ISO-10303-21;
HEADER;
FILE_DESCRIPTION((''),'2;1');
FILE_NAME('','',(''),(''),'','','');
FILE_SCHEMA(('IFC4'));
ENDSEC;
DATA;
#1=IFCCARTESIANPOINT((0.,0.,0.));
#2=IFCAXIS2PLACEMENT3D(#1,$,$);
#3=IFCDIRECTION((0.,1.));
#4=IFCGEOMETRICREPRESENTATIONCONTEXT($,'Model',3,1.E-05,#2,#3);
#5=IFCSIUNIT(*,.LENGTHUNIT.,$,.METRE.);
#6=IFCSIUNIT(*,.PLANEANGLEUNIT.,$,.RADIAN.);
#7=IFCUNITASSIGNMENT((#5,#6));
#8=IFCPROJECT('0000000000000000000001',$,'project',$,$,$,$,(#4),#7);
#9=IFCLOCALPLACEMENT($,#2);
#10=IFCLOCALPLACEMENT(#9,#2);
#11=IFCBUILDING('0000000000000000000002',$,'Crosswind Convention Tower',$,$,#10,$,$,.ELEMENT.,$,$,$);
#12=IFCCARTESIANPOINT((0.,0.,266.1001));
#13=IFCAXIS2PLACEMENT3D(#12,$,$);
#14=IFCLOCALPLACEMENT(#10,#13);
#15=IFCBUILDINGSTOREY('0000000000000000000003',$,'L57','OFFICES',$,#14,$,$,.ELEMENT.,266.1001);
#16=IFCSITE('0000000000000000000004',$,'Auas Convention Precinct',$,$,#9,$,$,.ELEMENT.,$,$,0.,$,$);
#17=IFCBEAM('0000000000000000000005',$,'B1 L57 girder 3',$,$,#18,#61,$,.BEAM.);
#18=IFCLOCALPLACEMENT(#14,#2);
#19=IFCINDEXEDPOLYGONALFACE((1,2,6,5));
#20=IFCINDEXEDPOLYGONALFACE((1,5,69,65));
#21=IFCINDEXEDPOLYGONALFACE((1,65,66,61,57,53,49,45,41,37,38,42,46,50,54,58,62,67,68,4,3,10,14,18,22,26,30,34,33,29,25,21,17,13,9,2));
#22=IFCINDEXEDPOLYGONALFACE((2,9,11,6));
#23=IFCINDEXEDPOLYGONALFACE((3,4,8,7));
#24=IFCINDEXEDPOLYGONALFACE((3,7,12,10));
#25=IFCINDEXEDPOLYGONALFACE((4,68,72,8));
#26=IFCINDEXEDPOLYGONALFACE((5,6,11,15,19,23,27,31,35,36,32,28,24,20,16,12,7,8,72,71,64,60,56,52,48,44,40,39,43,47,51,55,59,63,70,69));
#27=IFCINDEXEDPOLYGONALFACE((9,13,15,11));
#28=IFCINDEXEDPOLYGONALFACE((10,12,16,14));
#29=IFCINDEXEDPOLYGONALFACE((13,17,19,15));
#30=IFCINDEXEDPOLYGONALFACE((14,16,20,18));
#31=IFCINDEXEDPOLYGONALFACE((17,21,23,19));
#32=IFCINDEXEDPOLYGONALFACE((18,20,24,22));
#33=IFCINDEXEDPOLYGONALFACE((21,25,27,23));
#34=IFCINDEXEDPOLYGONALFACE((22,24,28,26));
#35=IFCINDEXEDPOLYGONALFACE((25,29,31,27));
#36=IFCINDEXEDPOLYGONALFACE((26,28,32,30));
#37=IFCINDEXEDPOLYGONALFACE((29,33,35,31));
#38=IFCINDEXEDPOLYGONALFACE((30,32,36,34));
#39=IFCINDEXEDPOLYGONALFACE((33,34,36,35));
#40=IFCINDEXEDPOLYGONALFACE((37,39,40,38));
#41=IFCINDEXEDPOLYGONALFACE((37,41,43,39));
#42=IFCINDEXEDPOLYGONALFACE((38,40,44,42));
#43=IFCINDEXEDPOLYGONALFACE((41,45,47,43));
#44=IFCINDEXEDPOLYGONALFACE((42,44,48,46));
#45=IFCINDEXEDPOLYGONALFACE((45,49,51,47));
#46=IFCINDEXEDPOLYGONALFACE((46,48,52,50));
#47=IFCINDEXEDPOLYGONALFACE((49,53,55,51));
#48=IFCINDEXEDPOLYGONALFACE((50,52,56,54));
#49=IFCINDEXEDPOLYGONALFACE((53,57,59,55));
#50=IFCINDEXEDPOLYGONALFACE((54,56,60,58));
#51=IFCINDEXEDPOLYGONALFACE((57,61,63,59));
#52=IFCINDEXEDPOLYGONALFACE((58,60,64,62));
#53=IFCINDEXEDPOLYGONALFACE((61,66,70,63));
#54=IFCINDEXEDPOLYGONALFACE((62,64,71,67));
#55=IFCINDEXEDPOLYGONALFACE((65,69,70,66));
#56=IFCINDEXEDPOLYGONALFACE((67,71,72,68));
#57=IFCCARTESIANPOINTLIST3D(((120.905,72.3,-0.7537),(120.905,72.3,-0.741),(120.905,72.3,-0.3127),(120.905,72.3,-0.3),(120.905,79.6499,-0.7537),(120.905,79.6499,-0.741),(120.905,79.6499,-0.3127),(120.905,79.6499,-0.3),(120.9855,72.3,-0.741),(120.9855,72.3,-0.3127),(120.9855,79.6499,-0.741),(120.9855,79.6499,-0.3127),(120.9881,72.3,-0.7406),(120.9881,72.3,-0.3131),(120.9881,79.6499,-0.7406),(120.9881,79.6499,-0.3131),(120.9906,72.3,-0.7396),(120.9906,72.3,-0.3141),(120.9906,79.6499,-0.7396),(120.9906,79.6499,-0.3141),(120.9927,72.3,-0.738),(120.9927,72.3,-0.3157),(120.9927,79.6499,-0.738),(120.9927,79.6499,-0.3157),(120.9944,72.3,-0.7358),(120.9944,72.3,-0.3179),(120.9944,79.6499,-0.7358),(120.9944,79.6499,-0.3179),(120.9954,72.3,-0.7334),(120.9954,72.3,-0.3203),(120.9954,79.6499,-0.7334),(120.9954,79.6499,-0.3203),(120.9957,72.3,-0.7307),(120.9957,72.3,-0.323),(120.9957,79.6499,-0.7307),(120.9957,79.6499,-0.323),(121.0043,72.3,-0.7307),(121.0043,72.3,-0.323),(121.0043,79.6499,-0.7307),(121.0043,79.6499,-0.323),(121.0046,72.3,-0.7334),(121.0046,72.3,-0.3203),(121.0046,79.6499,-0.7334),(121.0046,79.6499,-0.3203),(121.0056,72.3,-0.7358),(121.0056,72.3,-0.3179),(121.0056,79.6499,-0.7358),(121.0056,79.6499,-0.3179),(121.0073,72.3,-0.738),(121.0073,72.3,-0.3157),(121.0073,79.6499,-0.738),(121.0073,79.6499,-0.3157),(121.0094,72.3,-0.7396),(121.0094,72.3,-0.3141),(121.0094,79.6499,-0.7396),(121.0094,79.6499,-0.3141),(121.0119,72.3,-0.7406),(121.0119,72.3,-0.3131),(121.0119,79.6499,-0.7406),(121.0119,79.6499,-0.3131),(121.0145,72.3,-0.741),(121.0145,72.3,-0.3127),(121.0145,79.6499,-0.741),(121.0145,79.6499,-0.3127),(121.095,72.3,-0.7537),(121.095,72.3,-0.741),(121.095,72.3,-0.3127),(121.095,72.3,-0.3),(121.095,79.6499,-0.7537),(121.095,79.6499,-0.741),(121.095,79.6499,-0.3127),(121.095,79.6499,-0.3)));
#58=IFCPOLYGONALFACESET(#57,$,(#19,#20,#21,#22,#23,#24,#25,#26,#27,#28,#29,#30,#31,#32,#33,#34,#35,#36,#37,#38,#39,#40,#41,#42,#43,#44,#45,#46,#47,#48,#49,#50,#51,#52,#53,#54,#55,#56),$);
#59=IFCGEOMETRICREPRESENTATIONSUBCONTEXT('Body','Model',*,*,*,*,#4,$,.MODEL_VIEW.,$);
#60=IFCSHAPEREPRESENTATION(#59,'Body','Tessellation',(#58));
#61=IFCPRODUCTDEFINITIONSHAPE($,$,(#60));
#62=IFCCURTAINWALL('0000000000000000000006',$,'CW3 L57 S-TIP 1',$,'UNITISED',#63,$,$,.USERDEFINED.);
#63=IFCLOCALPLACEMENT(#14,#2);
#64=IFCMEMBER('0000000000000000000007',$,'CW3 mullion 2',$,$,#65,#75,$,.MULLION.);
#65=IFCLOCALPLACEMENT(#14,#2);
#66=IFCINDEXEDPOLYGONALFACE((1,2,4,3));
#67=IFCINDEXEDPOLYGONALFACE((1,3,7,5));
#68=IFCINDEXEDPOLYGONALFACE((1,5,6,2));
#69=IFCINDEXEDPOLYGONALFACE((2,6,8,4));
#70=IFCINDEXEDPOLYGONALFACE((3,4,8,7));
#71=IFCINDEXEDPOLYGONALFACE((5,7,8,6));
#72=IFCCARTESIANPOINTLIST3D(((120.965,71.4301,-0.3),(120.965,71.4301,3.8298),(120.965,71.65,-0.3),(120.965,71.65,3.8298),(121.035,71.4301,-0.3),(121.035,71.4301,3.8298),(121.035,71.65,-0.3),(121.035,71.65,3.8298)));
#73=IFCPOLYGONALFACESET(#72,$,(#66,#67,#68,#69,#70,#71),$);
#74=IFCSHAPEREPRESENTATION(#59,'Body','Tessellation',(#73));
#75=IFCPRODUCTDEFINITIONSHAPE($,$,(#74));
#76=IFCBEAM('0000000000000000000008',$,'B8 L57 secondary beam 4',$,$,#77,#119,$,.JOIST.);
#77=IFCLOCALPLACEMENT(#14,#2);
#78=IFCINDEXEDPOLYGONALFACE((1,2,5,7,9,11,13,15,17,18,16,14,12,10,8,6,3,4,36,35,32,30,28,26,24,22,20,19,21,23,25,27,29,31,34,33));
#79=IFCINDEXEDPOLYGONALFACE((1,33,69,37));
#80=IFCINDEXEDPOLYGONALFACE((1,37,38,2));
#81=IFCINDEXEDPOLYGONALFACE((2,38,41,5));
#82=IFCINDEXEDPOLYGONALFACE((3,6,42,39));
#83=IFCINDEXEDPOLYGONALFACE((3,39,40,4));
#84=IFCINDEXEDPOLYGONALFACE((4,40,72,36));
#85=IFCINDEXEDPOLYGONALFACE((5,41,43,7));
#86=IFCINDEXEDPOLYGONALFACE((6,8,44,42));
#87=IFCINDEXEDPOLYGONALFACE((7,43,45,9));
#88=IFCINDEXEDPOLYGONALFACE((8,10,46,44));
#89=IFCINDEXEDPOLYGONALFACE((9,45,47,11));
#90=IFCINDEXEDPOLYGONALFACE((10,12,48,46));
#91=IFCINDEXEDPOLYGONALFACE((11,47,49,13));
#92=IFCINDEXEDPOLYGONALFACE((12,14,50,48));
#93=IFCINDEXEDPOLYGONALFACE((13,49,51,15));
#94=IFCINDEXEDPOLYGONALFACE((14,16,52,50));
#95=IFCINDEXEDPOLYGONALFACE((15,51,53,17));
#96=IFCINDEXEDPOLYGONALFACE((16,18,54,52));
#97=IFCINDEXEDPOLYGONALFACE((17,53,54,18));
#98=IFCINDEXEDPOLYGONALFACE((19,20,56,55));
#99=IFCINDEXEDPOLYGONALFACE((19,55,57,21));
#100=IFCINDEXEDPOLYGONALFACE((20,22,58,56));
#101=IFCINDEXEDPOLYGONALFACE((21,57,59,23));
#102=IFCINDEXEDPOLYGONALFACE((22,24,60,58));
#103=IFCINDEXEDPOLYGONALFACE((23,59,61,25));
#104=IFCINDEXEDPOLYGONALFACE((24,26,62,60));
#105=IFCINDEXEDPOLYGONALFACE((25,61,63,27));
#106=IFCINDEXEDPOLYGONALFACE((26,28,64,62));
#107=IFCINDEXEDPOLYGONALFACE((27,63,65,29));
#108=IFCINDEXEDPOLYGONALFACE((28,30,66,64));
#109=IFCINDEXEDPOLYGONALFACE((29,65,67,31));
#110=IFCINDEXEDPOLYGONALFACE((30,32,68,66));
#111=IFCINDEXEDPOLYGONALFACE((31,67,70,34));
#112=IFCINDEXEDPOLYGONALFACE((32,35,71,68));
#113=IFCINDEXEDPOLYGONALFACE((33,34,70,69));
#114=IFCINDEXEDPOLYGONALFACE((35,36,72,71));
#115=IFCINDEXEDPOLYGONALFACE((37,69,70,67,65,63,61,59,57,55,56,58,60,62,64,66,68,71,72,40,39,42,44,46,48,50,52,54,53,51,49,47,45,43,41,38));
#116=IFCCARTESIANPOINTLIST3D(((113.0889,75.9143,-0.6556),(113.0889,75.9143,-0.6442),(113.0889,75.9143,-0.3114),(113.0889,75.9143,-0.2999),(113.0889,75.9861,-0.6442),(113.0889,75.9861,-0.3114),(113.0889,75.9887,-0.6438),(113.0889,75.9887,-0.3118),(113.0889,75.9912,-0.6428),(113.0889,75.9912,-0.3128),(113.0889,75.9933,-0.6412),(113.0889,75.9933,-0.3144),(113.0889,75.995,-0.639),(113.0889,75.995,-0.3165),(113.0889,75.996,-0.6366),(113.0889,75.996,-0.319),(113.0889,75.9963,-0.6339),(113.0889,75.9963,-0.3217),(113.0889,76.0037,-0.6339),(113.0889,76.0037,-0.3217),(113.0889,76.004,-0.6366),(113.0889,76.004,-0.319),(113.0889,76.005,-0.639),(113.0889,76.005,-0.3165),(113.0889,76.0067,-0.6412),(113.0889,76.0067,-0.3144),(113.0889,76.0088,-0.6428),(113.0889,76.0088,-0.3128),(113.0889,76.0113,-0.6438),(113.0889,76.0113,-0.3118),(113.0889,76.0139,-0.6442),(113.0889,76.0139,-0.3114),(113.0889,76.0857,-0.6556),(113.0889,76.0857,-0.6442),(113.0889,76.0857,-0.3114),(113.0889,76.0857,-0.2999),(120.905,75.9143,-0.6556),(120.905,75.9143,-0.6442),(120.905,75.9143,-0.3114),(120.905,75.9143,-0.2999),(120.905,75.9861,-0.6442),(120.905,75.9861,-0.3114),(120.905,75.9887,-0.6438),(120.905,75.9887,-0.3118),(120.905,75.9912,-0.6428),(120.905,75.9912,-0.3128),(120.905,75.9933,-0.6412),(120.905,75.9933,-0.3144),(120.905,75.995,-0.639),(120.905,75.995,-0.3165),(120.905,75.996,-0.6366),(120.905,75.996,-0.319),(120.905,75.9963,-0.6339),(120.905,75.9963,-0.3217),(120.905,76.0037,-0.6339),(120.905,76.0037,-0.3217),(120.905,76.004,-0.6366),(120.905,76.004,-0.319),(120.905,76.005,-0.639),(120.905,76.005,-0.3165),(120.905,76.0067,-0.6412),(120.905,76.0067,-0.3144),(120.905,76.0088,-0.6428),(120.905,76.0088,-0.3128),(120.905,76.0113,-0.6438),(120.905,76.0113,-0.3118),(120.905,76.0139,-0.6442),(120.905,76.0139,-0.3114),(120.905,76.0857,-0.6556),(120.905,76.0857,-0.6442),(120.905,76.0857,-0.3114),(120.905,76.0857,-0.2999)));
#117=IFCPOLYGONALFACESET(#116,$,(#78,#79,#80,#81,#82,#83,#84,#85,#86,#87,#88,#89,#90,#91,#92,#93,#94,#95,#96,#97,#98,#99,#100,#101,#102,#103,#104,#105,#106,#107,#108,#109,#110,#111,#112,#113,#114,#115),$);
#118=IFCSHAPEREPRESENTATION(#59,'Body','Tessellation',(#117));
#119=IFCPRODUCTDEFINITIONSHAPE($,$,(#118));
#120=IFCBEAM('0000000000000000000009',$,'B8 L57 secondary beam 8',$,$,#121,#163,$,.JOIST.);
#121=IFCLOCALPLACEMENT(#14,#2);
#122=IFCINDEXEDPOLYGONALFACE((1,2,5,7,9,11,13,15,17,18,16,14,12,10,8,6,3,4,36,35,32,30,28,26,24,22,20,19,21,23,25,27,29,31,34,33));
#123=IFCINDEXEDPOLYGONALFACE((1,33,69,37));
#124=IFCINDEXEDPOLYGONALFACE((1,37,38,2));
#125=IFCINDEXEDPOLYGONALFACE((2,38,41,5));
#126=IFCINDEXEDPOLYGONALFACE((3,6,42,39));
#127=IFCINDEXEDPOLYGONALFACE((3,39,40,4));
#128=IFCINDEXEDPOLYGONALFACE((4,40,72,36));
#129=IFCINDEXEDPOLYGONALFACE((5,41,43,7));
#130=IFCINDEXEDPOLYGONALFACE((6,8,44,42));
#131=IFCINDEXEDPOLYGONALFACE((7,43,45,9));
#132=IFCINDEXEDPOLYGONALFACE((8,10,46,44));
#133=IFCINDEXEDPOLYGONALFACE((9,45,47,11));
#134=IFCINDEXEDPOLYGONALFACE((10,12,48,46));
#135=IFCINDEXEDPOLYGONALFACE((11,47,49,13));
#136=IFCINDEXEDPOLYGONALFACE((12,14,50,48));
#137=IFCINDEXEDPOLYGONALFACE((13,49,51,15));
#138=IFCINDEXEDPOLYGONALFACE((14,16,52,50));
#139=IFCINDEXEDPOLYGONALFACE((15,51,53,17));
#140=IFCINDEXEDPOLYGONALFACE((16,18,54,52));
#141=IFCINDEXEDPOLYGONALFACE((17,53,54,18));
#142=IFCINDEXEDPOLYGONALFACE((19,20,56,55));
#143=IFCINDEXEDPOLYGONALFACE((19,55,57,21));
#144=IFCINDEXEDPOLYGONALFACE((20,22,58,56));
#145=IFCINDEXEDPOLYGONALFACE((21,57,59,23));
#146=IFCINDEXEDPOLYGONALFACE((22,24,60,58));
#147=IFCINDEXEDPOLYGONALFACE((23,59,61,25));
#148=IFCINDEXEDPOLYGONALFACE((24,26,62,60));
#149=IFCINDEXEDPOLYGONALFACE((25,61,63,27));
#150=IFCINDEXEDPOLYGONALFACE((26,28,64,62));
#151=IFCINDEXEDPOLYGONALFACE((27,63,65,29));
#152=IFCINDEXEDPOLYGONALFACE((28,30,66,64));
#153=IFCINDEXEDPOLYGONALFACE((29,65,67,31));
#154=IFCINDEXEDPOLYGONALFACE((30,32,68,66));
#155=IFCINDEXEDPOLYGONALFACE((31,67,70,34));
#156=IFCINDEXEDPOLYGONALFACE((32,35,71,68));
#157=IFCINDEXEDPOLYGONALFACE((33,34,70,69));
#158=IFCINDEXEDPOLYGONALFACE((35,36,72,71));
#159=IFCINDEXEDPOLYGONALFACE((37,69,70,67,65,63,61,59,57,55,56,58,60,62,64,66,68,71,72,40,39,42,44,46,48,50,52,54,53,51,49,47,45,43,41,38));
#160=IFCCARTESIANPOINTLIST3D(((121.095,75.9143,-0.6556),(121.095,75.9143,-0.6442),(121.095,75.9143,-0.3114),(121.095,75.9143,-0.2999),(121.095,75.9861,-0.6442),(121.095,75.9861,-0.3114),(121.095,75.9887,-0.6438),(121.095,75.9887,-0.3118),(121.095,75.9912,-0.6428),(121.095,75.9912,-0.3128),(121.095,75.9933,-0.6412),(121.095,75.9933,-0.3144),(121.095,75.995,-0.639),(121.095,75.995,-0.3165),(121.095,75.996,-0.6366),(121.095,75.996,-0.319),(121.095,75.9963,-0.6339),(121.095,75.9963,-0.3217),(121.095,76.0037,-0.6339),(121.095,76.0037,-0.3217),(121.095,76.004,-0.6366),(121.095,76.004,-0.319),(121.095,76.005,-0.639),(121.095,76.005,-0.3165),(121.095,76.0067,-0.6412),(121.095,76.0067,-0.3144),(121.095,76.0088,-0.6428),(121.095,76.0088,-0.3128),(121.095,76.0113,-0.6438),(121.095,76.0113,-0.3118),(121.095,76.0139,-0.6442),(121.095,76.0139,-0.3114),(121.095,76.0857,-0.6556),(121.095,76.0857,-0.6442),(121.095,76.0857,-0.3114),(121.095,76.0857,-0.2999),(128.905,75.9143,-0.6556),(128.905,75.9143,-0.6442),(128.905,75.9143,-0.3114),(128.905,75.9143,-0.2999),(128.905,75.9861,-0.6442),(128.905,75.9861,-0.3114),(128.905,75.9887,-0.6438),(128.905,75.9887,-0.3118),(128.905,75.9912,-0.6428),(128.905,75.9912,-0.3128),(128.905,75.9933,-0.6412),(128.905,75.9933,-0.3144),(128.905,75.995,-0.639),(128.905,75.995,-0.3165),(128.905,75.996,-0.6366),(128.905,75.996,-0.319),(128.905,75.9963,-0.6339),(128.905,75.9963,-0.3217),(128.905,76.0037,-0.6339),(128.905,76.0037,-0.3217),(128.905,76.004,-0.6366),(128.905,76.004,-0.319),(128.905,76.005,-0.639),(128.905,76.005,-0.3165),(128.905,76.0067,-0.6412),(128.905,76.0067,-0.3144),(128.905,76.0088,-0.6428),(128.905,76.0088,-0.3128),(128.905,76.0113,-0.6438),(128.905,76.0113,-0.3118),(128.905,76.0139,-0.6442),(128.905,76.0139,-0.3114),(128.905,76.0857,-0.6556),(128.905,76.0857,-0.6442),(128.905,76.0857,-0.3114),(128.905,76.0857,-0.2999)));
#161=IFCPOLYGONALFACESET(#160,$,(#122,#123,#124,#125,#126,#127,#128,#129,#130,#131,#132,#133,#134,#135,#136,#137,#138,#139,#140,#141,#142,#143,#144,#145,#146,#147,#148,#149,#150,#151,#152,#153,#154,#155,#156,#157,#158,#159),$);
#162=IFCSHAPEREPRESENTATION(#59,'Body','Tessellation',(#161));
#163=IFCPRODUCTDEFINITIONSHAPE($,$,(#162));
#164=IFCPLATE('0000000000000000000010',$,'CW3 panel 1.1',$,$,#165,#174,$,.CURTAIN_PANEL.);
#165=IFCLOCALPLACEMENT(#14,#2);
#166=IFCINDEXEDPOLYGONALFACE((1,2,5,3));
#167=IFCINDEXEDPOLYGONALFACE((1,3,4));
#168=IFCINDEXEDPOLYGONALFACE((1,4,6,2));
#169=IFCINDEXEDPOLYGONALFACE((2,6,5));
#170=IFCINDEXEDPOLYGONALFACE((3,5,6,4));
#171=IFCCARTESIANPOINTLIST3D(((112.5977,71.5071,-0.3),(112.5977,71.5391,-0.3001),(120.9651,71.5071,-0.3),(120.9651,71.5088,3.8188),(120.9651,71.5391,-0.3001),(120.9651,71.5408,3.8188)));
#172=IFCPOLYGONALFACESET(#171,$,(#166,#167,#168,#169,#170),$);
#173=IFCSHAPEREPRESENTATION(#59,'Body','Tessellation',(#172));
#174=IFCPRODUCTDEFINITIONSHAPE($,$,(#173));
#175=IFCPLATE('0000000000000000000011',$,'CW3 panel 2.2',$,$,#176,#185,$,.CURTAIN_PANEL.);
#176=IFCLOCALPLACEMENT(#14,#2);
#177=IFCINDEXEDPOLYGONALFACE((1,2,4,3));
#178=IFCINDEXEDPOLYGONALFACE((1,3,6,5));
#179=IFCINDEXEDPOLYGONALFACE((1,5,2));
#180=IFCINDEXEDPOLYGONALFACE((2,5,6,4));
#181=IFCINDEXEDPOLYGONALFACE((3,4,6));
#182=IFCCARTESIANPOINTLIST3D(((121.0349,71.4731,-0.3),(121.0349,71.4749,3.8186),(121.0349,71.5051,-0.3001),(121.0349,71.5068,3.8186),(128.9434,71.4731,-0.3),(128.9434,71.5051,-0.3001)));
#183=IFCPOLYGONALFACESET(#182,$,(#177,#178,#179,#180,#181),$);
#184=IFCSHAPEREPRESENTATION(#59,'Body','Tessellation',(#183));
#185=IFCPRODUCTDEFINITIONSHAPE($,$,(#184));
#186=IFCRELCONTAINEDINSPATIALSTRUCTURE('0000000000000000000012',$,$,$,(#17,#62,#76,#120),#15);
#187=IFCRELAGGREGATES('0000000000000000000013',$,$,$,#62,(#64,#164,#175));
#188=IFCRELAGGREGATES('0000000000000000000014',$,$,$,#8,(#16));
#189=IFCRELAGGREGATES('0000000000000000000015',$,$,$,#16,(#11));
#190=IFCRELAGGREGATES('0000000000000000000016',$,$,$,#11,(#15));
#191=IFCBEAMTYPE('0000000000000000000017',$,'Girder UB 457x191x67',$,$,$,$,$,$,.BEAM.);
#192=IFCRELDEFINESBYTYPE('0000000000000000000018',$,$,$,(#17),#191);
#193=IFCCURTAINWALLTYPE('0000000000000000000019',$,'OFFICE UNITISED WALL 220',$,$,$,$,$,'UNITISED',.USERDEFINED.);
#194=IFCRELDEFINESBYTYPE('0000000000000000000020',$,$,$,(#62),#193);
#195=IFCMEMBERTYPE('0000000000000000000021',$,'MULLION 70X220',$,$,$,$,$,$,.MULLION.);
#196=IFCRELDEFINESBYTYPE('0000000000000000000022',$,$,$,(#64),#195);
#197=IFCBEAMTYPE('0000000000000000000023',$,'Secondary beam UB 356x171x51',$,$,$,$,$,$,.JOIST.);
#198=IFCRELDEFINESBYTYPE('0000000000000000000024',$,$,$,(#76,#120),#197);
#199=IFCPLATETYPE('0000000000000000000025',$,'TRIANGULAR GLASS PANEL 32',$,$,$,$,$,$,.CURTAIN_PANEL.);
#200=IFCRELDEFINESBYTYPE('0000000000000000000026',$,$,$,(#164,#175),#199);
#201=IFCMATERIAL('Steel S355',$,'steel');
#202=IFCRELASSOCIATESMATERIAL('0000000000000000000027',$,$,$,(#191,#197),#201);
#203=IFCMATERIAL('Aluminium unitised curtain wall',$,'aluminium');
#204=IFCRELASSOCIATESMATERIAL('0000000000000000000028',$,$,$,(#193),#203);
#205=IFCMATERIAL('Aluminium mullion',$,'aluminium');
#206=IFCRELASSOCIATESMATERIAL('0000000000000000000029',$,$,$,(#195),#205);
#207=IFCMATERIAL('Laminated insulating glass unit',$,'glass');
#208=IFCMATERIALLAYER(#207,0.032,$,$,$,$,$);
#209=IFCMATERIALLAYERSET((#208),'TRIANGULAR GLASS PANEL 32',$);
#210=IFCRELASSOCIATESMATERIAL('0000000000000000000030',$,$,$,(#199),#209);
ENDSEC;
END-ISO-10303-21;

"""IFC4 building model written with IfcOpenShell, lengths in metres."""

from ifc_helpers import new_model, si_unit, direction, frame, origin, origin_2d, place, context, subcontext, project, spatial, polyline, rectangle, i_section, outline, extrude, material, layer, layer_set, material_profile, profile_set, type_object, element, aggregate, save


model = new_model("IFC4")

# Units and contexts
model_context = context("Model", 3, precision=1e-05, world=origin(), true_north=direction((0.0, 1.0)))
body_context = subcontext(model_context, "Body", "Model", "MODEL_VIEW")
ifc_project = project(units=[si_unit("LENGTHUNIT", "METRE"), si_unit("PLANEANGLEUNIT", "RADIAN")], contexts=[model_context])

# Site, building, storey
site_placement = place(None, origin())
site = spatial("IfcSite", under=ifc_project, at=site_placement, Name="Auas Convention Precinct", CompositionType="ELEMENT", RefElevation=0.0)
building_placement = place(site_placement, origin())
building = spatial("IfcBuilding", under=site, at=building_placement, Name="Crosswind Convention Tower", CompositionType="ELEMENT")
storey_placement = place(building_placement, frame((0.0, 0.0, 266.1001)))
storey = spatial("IfcBuildingStorey", under=building, at=storey_placement, Name="L57", Description="OFFICES", CompositionType="ELEMENT", Elevation=266.1001)

# Beam
ifc_material_1 = material(Name="Steel S355", Category="steel")
ifc_material_profile_1 = material_profile(ifc_material_1, i_section(OverallWidth=0.1899, OverallDepth=0.4536, WebThickness=0.0085, FlangeThickness=0.0127, FilletRadius=0.0103, at=origin_2d()), Name="UB 457x191x67")
ifc_profile_set_1 = profile_set([ifc_material_profile_1], Name="Steel S355")
beam_type_1 = type_object("IfcBeamType", Name="Girder UB 457x191x67", PredefinedType="BEAM", material=ifc_profile_set_1)
for number, where, z_axis, x_axis, name in (
    (1, (121.0, 72.3, -0.5269), (0.0, 1.0, 0.0), (-1.0, 0.0, 0.0), "B1 L57 girder 3"),
):
    element("IfcBeam", number, at=place(storey_placement, frame(where, z_axis=z_axis, x_axis=x_axis)), inside=storey, type_object=beam_type_1, Name=name, PredefinedType="BEAM", context=body_context, shape_type="SweptSolid", body=[
        extrude(i_section(OverallWidth=0.1899, OverallDepth=0.4536, WebThickness=0.0085, FlangeThickness=0.0127, FilletRadius=0.0103, at=origin_2d()), origin(), (0.0, 0.0, 1.0), 7.3499),
    ])

# Curtain wall, member
ifc_material_2 = material(Name="Aluminium unitised curtain wall", Category="aluminium")
curtain_wall_type = type_object("IfcCurtainWallType", Name="OFFICE UNITISED WALL 220", ElementType="UNITISED", PredefinedType="USERDEFINED", material=ifc_material_2)
curtain_wall_placement = place(storey_placement, origin())
curtain_wall = element("IfcCurtainWall", 2, at=curtain_wall_placement, inside=storey, type_object=curtain_wall_type, Name="CW3 L57 S-TIP 1", ObjectType="UNITISED", PredefinedType="USERDEFINED")
ifc_material_3 = material(Name="Aluminium mullion", Category="aluminium")
ifc_material_profile_2 = material_profile(ifc_material_3, rectangle(XDim=0.22, YDim=0.0701, at=origin_2d()), Name="AL 220X70")
ifc_profile_set_2 = profile_set([ifc_material_profile_2], Name="Aluminium mullion")
member_type = type_object("IfcMemberType", Name="MULLION 70X220", PredefinedType="MULLION", material=ifc_profile_set_2)
member_placement = place(storey_placement, frame((121.0, 71.54, -0.3), z_axis=(0.0, 0.0, 1.0), x_axis=(0.0, -1.0, 0.0)))
member = element("IfcMember", 3, at=member_placement, type_object=member_type, Name="CW3 mullion 2", PredefinedType="MULLION", context=body_context, shape_type="SweptSolid", body=[
    extrude(rectangle(XDim=0.22, YDim=0.0701, at=origin_2d()), origin(), (0.0, 0.0, 1.0), 4.1299),
])

# Beams
ifc_material_profile_3 = material_profile(ifc_material_1, i_section(OverallWidth=0.1714, OverallDepth=0.3557, WebThickness=0.0073, FlangeThickness=0.0115, FilletRadius=0.0103, at=origin_2d()), Name="UB 356x171x51")
ifc_profile_set_3 = profile_set([ifc_material_profile_3], Name="Steel S355")
beam_type_2 = type_object("IfcBeamType", Name="Secondary beam UB 356x171x51", PredefinedType="JOIST", material=ifc_profile_set_3)
beam_1_placement = place(storey_placement, frame((113.0889, 76.0, -0.4778), z_axis=(1.0, 0.0, 0.0), x_axis=(0.0, 1.0, 0.0)))
element("IfcBeam", 4, at=beam_1_placement, inside=storey, type_object=beam_type_2, Name="B8 L57 secondary beam 4", PredefinedType="JOIST", context=body_context, shape_type="SweptSolid", body=[
    extrude(i_section(OverallWidth=0.1714, OverallDepth=0.3557, WebThickness=0.0073, FlangeThickness=0.0115, FilletRadius=0.0103, at=origin_2d()), origin(), (0.0, 0.0, 1.0), 7.8162),
])
beam_2_placement = place(storey_placement, frame((121.095, 76.0, -0.4778), z_axis=(1.0, 0.0, 0.0), x_axis=(0.0, 1.0, 0.0)))
element("IfcBeam", 5, at=beam_2_placement, inside=storey, type_object=beam_type_2, Name="B8 L57 secondary beam 8", PredefinedType="JOIST", context=body_context, shape_type="SweptSolid", body=[
    extrude(i_section(OverallWidth=0.1714, OverallDepth=0.3557, WebThickness=0.0073, FlangeThickness=0.0115, FilletRadius=0.0103, at=origin_2d()), origin(), (0.0, 0.0, 1.0), 7.8101),
])

# Plates
ifc_material_4 = material(Name="Laminated insulating glass unit", Category="glass")
ifc_layer_1 = layer(ifc_material_4, 0.032)
ifc_layer_set_1 = layer_set([ifc_layer_1], Name="TRIANGULAR GLASS PANEL 32")
plate_type = type_object("IfcPlateType", Name="TRIANGULAR GLASS PANEL 32", PredefinedType="CURTAIN_PANEL", material=ifc_layer_set_1)
plate_1_placement = place(storey_placement, frame((120.9651, 71.5071, -0.3), z_axis=(0.0, -1.0, 0.000415), x_axis=(0.0, 0.000415, 1.0)))
plate_1 = element("IfcPlate", 6, at=plate_1_placement, type_object=plate_type, Name="CW3 panel 1.1", PredefinedType="CURTAIN_PANEL", context=body_context, shape_type="SweptSolid", body=[
    extrude(outline(polyline([(0.0, 0.0), (4.1189, 0.0), (0.0, 8.3674), (0.0, 0.0)])), origin(), (0.0, 0.0, -1.0), 0.032),
])
plate_2_placement = place(storey_placement, frame((121.0349, 71.4731, -0.3), z_axis=(0.0, -1.0, 0.000415), x_axis=(1.0, 0.0, 0.0)))
plate_2 = element("IfcPlate", 7, at=plate_2_placement, type_object=plate_type, Name="CW3 panel 2.2", PredefinedType="CURTAIN_PANEL", context=body_context, shape_type="SweptSolid", body=[
    extrude(outline(polyline([(0.0, 0.0), (7.9084, 0.0), (0.0, 4.1187), (0.0, 0.0)])), origin(), (0.0, 0.0, -1.0), 0.032),
])
aggregate(curtain_wall, [member, plate_1, plate_2])

save(model, "model.ifc")
